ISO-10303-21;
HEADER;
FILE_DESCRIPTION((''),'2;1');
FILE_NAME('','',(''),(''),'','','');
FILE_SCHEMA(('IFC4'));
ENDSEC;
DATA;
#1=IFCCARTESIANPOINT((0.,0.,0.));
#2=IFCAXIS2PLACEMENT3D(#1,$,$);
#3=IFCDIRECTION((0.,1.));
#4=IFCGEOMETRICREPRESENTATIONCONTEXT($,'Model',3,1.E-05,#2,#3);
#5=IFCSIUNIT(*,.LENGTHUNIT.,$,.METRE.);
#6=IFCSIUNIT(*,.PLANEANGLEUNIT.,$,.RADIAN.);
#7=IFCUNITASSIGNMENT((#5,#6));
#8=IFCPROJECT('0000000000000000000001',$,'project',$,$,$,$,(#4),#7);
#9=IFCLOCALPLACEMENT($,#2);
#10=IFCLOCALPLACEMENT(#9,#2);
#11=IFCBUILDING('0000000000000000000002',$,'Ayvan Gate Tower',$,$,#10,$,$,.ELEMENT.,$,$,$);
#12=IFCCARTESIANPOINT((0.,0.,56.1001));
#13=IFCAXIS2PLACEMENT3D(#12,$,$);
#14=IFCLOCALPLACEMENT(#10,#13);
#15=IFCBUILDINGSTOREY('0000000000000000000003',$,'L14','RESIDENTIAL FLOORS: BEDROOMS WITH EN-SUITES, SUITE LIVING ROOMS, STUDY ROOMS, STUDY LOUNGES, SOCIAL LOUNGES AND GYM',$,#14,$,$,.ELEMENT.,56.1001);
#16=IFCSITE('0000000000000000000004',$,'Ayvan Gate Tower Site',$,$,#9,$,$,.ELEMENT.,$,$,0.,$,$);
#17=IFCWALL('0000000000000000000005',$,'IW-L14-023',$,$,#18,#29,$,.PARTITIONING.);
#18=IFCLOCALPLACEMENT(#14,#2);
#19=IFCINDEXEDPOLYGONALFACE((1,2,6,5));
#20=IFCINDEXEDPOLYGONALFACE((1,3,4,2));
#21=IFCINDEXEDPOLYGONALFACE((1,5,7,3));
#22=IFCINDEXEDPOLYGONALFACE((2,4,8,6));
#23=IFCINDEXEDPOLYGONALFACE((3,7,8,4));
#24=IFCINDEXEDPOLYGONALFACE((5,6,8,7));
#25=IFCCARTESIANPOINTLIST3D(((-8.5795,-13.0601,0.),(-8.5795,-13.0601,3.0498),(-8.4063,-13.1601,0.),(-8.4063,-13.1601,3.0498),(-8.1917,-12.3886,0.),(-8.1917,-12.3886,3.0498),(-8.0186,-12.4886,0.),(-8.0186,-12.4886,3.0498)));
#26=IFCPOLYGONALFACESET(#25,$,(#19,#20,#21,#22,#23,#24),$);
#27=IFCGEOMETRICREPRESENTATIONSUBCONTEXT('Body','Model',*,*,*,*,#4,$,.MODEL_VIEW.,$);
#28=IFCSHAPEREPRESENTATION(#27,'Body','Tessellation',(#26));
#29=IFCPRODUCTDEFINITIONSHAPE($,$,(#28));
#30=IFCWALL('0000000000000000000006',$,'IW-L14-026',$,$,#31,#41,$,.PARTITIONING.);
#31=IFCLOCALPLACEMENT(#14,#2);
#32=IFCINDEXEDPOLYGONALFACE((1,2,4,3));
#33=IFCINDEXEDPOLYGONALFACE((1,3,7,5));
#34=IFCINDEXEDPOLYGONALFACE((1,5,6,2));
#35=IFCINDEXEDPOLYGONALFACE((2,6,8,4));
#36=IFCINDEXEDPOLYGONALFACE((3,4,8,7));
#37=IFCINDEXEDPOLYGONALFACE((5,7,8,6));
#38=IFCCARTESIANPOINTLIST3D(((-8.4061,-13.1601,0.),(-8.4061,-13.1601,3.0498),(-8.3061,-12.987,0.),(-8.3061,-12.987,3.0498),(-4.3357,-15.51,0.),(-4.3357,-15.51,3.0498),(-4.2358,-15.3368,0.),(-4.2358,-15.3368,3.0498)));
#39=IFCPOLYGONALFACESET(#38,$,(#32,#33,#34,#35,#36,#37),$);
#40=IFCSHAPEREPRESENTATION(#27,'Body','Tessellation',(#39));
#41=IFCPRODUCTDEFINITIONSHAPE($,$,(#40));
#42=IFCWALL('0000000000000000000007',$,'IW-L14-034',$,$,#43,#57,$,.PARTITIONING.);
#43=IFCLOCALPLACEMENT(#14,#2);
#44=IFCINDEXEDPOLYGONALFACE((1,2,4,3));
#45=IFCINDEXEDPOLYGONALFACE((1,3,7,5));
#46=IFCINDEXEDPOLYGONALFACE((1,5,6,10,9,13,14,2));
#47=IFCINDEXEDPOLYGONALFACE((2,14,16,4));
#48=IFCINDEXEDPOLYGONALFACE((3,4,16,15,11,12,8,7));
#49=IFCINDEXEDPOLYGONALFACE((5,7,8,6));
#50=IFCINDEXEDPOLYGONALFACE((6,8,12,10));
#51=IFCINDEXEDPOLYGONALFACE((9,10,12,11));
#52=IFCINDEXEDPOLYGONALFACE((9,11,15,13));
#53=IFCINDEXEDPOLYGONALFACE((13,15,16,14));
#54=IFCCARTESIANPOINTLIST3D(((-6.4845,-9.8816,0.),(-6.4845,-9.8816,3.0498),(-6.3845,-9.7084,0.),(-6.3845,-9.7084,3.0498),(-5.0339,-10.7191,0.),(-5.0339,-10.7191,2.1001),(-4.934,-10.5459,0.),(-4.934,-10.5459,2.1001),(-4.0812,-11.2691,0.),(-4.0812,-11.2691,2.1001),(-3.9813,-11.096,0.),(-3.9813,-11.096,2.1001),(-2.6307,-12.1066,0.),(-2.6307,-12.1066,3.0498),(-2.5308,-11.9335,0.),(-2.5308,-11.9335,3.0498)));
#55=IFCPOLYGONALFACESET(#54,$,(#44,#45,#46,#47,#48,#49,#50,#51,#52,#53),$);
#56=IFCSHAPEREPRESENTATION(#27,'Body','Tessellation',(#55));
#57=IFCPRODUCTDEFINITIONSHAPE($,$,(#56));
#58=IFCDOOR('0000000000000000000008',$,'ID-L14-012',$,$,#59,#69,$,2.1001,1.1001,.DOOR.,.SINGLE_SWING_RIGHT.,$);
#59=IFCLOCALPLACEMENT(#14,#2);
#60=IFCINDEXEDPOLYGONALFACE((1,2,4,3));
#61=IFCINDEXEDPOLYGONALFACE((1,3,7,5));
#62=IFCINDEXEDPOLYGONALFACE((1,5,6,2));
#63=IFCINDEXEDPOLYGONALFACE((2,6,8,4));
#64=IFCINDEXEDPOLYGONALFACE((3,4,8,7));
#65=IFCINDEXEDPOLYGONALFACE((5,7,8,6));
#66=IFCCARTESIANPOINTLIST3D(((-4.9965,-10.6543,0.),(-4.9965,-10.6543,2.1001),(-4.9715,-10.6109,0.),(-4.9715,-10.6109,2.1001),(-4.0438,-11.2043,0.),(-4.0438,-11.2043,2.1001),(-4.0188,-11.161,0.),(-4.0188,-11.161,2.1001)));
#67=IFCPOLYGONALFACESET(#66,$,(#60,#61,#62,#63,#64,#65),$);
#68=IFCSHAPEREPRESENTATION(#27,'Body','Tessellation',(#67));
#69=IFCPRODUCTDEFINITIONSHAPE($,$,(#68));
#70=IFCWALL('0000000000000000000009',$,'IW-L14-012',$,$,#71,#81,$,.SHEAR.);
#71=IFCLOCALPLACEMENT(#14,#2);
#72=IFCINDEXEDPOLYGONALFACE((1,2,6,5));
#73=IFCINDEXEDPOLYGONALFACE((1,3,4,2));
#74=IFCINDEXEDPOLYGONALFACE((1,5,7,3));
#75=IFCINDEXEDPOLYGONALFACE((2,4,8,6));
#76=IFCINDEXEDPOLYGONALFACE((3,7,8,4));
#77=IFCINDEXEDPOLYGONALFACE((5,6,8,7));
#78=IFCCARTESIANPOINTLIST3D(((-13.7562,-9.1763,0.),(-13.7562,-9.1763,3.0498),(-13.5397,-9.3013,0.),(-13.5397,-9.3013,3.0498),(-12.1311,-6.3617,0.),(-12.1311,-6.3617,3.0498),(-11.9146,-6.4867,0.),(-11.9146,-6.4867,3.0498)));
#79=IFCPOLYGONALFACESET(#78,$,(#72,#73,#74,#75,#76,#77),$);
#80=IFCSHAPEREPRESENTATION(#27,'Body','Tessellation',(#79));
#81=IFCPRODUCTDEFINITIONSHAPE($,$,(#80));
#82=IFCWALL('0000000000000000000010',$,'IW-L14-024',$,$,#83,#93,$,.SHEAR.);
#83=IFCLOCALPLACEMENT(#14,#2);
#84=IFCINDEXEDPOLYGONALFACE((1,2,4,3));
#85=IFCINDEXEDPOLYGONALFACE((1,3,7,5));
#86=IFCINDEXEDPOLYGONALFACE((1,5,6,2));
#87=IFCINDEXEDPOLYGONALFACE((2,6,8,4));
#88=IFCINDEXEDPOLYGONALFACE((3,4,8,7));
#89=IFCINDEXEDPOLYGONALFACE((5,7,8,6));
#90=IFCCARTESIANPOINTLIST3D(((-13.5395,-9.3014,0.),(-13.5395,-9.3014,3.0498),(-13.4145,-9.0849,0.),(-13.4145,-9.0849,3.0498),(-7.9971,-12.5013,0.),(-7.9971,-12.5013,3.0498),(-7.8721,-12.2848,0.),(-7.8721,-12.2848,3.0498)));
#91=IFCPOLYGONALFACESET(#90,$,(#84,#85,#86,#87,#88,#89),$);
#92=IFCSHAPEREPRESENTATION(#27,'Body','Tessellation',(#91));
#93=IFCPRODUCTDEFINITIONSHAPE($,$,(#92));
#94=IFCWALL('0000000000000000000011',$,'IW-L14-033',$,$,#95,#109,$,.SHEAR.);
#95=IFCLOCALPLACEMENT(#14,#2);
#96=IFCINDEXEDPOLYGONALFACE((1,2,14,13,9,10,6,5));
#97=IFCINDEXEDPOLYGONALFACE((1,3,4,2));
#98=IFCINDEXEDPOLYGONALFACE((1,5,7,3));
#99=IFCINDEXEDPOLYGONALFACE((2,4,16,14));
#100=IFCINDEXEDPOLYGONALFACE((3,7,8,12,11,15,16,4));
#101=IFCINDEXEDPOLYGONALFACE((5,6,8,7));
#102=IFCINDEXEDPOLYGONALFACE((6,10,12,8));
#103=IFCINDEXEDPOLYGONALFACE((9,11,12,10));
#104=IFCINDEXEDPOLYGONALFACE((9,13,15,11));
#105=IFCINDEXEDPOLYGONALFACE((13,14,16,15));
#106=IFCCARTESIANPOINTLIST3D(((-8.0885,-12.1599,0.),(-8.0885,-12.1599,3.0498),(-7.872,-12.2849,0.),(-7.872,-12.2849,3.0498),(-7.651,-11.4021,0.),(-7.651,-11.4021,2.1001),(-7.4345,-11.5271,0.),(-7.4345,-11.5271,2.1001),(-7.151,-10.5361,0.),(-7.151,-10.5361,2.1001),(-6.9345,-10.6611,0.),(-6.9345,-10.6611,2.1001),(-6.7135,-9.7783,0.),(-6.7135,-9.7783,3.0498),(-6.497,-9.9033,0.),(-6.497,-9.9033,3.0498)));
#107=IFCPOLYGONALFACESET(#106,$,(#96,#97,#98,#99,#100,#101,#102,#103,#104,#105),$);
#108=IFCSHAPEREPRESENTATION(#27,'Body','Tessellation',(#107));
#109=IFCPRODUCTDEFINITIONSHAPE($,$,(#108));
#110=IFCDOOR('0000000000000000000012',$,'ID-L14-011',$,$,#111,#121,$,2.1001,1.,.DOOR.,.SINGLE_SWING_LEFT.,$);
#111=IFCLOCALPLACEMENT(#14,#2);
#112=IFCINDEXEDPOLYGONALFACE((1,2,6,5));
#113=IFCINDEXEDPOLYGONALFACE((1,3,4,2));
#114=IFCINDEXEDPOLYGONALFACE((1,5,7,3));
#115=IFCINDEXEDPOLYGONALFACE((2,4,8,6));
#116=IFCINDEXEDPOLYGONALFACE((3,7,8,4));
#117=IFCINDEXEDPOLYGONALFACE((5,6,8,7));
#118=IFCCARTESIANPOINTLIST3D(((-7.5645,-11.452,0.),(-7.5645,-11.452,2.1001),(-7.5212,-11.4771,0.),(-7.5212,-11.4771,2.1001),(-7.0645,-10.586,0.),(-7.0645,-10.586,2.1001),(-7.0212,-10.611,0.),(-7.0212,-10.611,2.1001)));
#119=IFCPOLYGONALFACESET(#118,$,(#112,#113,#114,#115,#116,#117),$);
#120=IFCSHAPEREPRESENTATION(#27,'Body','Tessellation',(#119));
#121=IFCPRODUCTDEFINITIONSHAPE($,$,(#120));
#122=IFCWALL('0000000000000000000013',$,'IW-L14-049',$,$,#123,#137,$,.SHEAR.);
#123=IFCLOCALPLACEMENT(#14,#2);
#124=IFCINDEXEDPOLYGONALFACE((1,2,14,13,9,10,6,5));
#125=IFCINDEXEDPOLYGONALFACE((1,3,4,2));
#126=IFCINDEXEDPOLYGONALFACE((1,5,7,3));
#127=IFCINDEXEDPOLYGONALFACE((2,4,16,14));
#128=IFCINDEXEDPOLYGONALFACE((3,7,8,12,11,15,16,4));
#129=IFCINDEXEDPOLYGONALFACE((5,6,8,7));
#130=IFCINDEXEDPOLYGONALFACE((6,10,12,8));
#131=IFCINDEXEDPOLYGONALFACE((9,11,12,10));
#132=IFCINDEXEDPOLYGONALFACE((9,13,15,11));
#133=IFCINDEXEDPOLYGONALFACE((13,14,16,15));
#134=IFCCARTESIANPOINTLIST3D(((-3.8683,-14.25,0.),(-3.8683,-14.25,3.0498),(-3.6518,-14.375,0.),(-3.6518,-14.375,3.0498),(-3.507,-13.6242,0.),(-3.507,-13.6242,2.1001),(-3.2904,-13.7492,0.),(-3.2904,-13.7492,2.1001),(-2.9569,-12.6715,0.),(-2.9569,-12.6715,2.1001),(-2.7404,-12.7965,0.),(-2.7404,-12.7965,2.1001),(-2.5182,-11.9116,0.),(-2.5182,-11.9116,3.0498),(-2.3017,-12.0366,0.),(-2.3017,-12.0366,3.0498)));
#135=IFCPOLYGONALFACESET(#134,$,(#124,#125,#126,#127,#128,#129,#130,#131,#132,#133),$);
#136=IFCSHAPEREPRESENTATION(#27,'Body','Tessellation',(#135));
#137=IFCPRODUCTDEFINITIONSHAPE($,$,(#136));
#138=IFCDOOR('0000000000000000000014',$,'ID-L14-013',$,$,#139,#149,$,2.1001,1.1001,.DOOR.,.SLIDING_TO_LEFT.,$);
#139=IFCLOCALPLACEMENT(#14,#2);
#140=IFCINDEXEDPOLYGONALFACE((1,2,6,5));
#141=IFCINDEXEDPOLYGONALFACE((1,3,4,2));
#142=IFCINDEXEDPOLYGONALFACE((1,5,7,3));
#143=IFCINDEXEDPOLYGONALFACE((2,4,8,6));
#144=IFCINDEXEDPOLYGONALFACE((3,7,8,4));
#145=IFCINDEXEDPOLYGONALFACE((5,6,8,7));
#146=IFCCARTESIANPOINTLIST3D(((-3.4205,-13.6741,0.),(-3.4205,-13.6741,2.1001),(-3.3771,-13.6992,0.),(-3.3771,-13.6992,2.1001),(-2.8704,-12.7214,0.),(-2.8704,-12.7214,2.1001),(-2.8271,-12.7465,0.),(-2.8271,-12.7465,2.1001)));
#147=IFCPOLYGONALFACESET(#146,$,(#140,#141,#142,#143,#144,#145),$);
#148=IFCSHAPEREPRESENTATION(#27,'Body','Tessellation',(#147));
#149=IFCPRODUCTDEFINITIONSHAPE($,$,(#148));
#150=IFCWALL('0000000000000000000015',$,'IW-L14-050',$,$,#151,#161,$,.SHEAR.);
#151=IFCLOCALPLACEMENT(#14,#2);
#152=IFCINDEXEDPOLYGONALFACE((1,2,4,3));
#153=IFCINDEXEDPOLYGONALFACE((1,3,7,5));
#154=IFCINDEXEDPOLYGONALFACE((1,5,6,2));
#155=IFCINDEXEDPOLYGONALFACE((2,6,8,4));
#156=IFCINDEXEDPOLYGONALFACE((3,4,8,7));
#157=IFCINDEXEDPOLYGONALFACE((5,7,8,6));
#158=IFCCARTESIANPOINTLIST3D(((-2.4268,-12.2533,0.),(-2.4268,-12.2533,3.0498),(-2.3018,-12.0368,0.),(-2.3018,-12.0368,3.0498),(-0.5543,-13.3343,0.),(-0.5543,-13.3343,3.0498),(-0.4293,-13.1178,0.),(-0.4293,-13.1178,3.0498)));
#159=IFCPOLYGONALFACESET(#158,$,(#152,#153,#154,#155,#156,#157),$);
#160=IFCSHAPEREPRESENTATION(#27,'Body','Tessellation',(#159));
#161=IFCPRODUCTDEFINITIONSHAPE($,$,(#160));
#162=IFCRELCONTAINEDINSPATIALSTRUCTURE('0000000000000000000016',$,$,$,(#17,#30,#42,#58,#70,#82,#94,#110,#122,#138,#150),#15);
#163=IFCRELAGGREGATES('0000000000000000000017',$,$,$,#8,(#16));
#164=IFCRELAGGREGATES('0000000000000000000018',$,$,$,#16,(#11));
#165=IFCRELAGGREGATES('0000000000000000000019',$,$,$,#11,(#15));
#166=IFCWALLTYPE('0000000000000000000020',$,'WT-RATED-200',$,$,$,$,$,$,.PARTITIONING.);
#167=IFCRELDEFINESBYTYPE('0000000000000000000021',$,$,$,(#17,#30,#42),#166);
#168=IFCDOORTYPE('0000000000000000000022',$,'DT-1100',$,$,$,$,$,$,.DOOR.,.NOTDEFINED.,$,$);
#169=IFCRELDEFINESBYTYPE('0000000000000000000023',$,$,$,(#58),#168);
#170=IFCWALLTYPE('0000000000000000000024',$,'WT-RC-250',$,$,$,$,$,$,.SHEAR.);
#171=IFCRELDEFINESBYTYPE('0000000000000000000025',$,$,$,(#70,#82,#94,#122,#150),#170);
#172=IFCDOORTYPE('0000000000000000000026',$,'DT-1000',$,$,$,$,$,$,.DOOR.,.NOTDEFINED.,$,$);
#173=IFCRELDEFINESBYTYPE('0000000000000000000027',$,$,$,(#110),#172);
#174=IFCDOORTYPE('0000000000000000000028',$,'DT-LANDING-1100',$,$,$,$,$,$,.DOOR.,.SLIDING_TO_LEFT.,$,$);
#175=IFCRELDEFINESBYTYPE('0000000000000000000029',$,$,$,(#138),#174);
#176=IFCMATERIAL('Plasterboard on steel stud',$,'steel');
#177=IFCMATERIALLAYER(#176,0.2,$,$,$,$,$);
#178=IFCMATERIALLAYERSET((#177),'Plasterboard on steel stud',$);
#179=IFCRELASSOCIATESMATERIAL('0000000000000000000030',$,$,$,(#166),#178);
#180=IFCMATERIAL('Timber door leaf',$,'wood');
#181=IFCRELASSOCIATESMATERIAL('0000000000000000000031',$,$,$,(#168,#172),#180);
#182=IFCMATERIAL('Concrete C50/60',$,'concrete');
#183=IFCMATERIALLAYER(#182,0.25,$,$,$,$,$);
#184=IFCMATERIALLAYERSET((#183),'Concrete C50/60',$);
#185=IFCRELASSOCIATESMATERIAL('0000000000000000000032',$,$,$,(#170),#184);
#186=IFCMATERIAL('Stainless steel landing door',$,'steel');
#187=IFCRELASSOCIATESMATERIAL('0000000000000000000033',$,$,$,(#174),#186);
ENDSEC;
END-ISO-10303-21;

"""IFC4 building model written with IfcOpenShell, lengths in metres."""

from ifc_helpers import new_model, si_unit, direction, frame, frame_2d, origin, place, context, subcontext, project, spatial, rectangle, extrude, material, layer, layer_set, type_object, element, fill, save


model = new_model("IFC4")

# Units and contexts
model_context = context("Model", 3, precision=1e-05, world=origin(), true_north=direction((0.0, 1.0)))
body_context = subcontext(model_context, "Body", "Model", "MODEL_VIEW")
ifc_project = project(units=[si_unit("LENGTHUNIT", "METRE"), si_unit("PLANEANGLEUNIT", "RADIAN")], contexts=[model_context])

# Site, building, storey
site_placement = place(None, origin())
site = spatial("IfcSite", under=ifc_project, at=site_placement, Name="Ayvan Gate Tower Site", CompositionType="ELEMENT", RefElevation=0.0)
building_placement = place(site_placement, origin())
building = spatial("IfcBuilding", under=site, at=building_placement, Name="Ayvan Gate Tower", CompositionType="ELEMENT")
storey_placement = place(building_placement, frame((0.0, 0.0, 56.1001)))
storey = spatial("IfcBuildingStorey", under=building, at=storey_placement, Name="L14", Description="RESIDENTIAL FLOORS: BEDROOMS WITH EN-SUITES, SUITE LIVING ROOMS, STUDY ROOMS, STUDY LOUNGES, SOCIAL LOUNGES AND GYM", CompositionType="ELEMENT", Elevation=56.1001)

# Walls
ifc_material_1 = material(Name="Plasterboard on steel stud", Category="steel")
ifc_layer_1 = layer(ifc_material_1, 0.2)
ifc_layer_set_1 = layer_set([ifc_layer_1], Name="Plasterboard on steel stud")
wall_type_1 = type_object("IfcWallType", Name="WT-RATED-200", PredefinedType="PARTITIONING", material=ifc_layer_set_1)
wall_1_placement = place(storey_placement, frame((-8.4929, -13.1101, 0.0), z_axis=(0.0, 0.0, 1.0), x_axis=(0.500068, 0.865986, 0.0)))
element("IfcWall", 1, at=wall_1_placement, inside=storey, type_object=wall_type_1, Name="IW-L14-023", PredefinedType="PARTITIONING", context=body_context, shape_type="SweptSolid", body=[
    extrude(rectangle(XDim=0.7754, YDim=0.2, at=frame_2d((0.3877, 0.0))), origin(), (0.0, 0.0, 1.0), 3.0498),
])
wall_2_placement = place(storey_placement, frame((-8.3562, -13.0735, 0.0), z_axis=(0.0, 0.0, 1.0), x_axis=(0.866039, -0.499977, 0.0)))
element("IfcWall", 2, at=wall_2_placement, inside=storey, type_object=wall_type_1, Name="IW-L14-026", PredefinedType="PARTITIONING", context=body_context, shape_type="SweptSolid", body=[
    extrude(rectangle(XDim=4.7, YDim=0.2, at=frame_2d((2.3501, 0.0))), origin(), (0.0, 0.0, 1.0), 3.0498),
])

# Wall, opening, door
wall_3_placement = place(storey_placement, frame((-6.4346, -9.7949, 0.0), z_axis=(0.0, 0.0, 1.0), x_axis=(0.866013, -0.500022, 0.0)))
wall_3 = element("IfcWall", 3, at=wall_3_placement, inside=storey, type_object=wall_type_1, Name="IW-L14-034", PredefinedType="PARTITIONING", context=body_context, shape_type="SweptSolid", body=[
    extrude(rectangle(XDim=4.45, YDim=0.2, at=frame_2d((2.2251, 0.0))), origin(), (0.0, 0.0, 1.0), 3.0498),
])
opening_1_placement = place(wall_3_placement, frame((1.675, 0.0, 0.0)))
opening_1 = element("IfcOpeningElement", 4, at=opening_1_placement, cuts=wall_3, PredefinedType="OPENING", context=body_context, shape_type="SweptSolid", body=[
    extrude(rectangle(XDim=1.1001, YDim=2.1001, at=frame_2d((0.55, 1.05))), frame((0.0, 0.1099, 0.0), z_axis=(0.0, -1.0, 0.0), x_axis=(1.0, 0.0, 0.0)), (0.0, 0.0, 1.0), 0.22),
])
ifc_material_2 = material(Name="Timber door leaf", Category="wood")
door_type_1 = type_object("IfcDoorType", Name="DT-1100", OperationType="NOTDEFINED", PredefinedType="DOOR", material=ifc_material_2)
door_1_placement = place(opening_1_placement, origin())
door_1 = element("IfcDoor", 5, at=door_1_placement, inside=storey, type_object=door_type_1, Name="ID-L14-012", OperationType="SINGLE_SWING_RIGHT", OverallHeight=2.1001, OverallWidth=1.1001, PredefinedType="DOOR", context=body_context, shape_type="SweptSolid", body=[
    extrude(rectangle(XDim=1.1001, YDim=2.1001, at=frame_2d((0.55, 1.05))), frame((0.0, 0.0249, 0.0), z_axis=(0.0, -1.0, 0.0), x_axis=(1.0, 0.0, 0.0)), (0.0, 0.0, 1.0), 0.05),
])
fill(opening_1, door_1)

# Walls
ifc_material_3 = material(Name="Concrete C50/60", Category="concrete")
ifc_layer_2 = layer(ifc_material_3, 0.25)
ifc_layer_set_2 = layer_set([ifc_layer_2], Name="Concrete C50/60")
wall_type_2 = type_object("IfcWallType", Name="WT-RC-250", PredefinedType="SHEAR", material=ifc_layer_set_2)
wall_4_placement = place(storey_placement, frame((-13.6479, -9.2388, 0.0), z_axis=(0.0, 0.0, 1.0), x_axis=(0.500017, 0.866015, 0.0)))
element("IfcWall", 6, at=wall_4_placement, inside=storey, type_object=wall_type_2, Name="IW-L14-012", PredefinedType="SHEAR", context=body_context, shape_type="SweptSolid", body=[
    extrude(rectangle(XDim=3.25, YDim=0.25, at=frame_2d((1.625, 0.0))), origin(), (0.0, 0.0, 1.0), 3.0498),
])
wall_5_placement = place(storey_placement, frame((-7.9346, -12.3931, 0.0), z_axis=(0.0, 0.0, 1.0), x_axis=(-0.866025, 0.5, 0.0)))
element("IfcWall", 7, at=wall_5_placement, inside=storey, type_object=wall_type_2, Name="IW-L14-024", PredefinedType="SHEAR", context=body_context, shape_type="SweptSolid", body=[
    extrude(rectangle(XDim=6.3999, YDim=0.25, at=frame_2d((3.2, 0.0))), origin(), (0.0, 0.0, 1.0), 3.0498),
])

# Walls, openings, doors
wall_6_placement = place(storey_placement, frame((-6.6052, -9.8408, 0.0), z_axis=(0.0, 0.0, 1.0), x_axis=(-0.499997, -0.866027, 0.0)))
wall_6 = element("IfcWall", 8, at=wall_6_placement, inside=storey, type_object=wall_type_2, Name="IW-L14-033", PredefinedType="SHEAR", context=body_context, shape_type="SweptSolid", body=[
    extrude(rectangle(XDim=2.75, YDim=0.25, at=frame_2d((1.375, 0.0))), origin(), (0.0, 0.0, 1.0), 3.0498),
])
opening_2_placement = place(wall_6_placement, frame((0.875, 0.0, 0.0)))
opening_2 = element("IfcOpeningElement", 9, at=opening_2_placement, cuts=wall_6, PredefinedType="OPENING", context=body_context, shape_type="SweptSolid", body=[
    extrude(rectangle(XDim=1.0, YDim=2.1001, at=frame_2d((0.5, 1.05))), frame((0.0, 0.135, 0.0), z_axis=(0.0, -1.0, 0.0), x_axis=(1.0, 0.0, 0.0)), (0.0, 0.0, 1.0), 0.27),
])
door_type_2 = type_object("IfcDoorType", Name="DT-1000", OperationType="NOTDEFINED", PredefinedType="DOOR", material=ifc_material_2)
door_2_placement = place(opening_2_placement, origin())
door_2 = element("IfcDoor", 10, at=door_2_placement, inside=storey, type_object=door_type_2, Name="ID-L14-011", OperationType="SINGLE_SWING_LEFT", OverallHeight=2.1001, OverallWidth=1.0, PredefinedType="DOOR", context=body_context, shape_type="SweptSolid", body=[
    extrude(rectangle(XDim=1.0, YDim=2.1001, at=frame_2d((0.5, 1.05))), frame((0.0, 0.0249, 0.0), z_axis=(0.0, -1.0, 0.0), x_axis=(1.0, 0.0, 0.0)), (0.0, 0.0, 1.0), 0.05),
])
fill(opening_2, door_2)
wall_7_placement = place(storey_placement, frame((-2.4099, -11.9741, 0.0), z_axis=(0.0, 0.0, 1.0), x_axis=(-0.500009, -0.86602, 0.0)))
wall_7 = element("IfcWall", 11, at=wall_7_placement, inside=storey, type_object=wall_type_2, Name="IW-L14-049", PredefinedType="SHEAR", context=body_context, shape_type="SweptSolid", body=[
    extrude(rectangle(XDim=2.7002, YDim=0.25, at=frame_2d((1.3501, 0.0))), origin(), (0.0, 0.0, 1.0), 3.0498),
])
opening_3_placement = place(wall_7_placement, frame((0.8774, 0.0, 0.0)))
opening_3 = element("IfcOpeningElement", 12, at=opening_3_placement, cuts=wall_7, PredefinedType="OPENING", context=body_context, shape_type="SweptSolid", body=[
    extrude(rectangle(XDim=1.1001, YDim=2.1001, at=frame_2d((0.55, 1.05))), frame((0.0, 0.135, 0.0), z_axis=(0.0, -1.0, 0.0), x_axis=(1.0, 0.0, 0.0)), (0.0, 0.0, 1.0), 0.27),
])
ifc_material_4 = material(Name="Stainless steel landing door", Category="steel")
door_type_3 = type_object("IfcDoorType", Name="DT-LANDING-1100", OperationType="SLIDING_TO_LEFT", PredefinedType="DOOR", material=ifc_material_4)
door_3_placement = place(opening_3_placement, origin())
door_3 = element("IfcDoor", 13, at=door_3_placement, inside=storey, type_object=door_type_3, Name="ID-L14-013", OperationType="SLIDING_TO_LEFT", OverallHeight=2.1001, OverallWidth=1.1001, PredefinedType="DOOR", context=body_context, shape_type="SweptSolid", body=[
    extrude(rectangle(XDim=1.1001, YDim=2.1001, at=frame_2d((0.55, 1.05))), frame((0.0, 0.0249, 0.0), z_axis=(0.0, -1.0, 0.0), x_axis=(1.0, 0.0, 0.0)), (0.0, 0.0, 1.0), 0.05),
])
fill(opening_3, door_3)

# Wall
wall_8_placement = place(storey_placement, frame((-2.3643, -12.145, 0.0), z_axis=(0.0, 0.0, 1.0), x_axis=(0.866039, -0.499977, 0.0)))
element("IfcWall", 14, at=wall_8_placement, inside=storey, type_object=wall_type_2, Name="IW-L14-050", PredefinedType="SHEAR", context=body_context, shape_type="SweptSolid", body=[
    extrude(rectangle(XDim=2.1621, YDim=0.25, at=frame_2d((1.0811, 0.0))), origin(), (0.0, 0.0, 1.0), 3.0498),
])

save(model, "model.ifc")
